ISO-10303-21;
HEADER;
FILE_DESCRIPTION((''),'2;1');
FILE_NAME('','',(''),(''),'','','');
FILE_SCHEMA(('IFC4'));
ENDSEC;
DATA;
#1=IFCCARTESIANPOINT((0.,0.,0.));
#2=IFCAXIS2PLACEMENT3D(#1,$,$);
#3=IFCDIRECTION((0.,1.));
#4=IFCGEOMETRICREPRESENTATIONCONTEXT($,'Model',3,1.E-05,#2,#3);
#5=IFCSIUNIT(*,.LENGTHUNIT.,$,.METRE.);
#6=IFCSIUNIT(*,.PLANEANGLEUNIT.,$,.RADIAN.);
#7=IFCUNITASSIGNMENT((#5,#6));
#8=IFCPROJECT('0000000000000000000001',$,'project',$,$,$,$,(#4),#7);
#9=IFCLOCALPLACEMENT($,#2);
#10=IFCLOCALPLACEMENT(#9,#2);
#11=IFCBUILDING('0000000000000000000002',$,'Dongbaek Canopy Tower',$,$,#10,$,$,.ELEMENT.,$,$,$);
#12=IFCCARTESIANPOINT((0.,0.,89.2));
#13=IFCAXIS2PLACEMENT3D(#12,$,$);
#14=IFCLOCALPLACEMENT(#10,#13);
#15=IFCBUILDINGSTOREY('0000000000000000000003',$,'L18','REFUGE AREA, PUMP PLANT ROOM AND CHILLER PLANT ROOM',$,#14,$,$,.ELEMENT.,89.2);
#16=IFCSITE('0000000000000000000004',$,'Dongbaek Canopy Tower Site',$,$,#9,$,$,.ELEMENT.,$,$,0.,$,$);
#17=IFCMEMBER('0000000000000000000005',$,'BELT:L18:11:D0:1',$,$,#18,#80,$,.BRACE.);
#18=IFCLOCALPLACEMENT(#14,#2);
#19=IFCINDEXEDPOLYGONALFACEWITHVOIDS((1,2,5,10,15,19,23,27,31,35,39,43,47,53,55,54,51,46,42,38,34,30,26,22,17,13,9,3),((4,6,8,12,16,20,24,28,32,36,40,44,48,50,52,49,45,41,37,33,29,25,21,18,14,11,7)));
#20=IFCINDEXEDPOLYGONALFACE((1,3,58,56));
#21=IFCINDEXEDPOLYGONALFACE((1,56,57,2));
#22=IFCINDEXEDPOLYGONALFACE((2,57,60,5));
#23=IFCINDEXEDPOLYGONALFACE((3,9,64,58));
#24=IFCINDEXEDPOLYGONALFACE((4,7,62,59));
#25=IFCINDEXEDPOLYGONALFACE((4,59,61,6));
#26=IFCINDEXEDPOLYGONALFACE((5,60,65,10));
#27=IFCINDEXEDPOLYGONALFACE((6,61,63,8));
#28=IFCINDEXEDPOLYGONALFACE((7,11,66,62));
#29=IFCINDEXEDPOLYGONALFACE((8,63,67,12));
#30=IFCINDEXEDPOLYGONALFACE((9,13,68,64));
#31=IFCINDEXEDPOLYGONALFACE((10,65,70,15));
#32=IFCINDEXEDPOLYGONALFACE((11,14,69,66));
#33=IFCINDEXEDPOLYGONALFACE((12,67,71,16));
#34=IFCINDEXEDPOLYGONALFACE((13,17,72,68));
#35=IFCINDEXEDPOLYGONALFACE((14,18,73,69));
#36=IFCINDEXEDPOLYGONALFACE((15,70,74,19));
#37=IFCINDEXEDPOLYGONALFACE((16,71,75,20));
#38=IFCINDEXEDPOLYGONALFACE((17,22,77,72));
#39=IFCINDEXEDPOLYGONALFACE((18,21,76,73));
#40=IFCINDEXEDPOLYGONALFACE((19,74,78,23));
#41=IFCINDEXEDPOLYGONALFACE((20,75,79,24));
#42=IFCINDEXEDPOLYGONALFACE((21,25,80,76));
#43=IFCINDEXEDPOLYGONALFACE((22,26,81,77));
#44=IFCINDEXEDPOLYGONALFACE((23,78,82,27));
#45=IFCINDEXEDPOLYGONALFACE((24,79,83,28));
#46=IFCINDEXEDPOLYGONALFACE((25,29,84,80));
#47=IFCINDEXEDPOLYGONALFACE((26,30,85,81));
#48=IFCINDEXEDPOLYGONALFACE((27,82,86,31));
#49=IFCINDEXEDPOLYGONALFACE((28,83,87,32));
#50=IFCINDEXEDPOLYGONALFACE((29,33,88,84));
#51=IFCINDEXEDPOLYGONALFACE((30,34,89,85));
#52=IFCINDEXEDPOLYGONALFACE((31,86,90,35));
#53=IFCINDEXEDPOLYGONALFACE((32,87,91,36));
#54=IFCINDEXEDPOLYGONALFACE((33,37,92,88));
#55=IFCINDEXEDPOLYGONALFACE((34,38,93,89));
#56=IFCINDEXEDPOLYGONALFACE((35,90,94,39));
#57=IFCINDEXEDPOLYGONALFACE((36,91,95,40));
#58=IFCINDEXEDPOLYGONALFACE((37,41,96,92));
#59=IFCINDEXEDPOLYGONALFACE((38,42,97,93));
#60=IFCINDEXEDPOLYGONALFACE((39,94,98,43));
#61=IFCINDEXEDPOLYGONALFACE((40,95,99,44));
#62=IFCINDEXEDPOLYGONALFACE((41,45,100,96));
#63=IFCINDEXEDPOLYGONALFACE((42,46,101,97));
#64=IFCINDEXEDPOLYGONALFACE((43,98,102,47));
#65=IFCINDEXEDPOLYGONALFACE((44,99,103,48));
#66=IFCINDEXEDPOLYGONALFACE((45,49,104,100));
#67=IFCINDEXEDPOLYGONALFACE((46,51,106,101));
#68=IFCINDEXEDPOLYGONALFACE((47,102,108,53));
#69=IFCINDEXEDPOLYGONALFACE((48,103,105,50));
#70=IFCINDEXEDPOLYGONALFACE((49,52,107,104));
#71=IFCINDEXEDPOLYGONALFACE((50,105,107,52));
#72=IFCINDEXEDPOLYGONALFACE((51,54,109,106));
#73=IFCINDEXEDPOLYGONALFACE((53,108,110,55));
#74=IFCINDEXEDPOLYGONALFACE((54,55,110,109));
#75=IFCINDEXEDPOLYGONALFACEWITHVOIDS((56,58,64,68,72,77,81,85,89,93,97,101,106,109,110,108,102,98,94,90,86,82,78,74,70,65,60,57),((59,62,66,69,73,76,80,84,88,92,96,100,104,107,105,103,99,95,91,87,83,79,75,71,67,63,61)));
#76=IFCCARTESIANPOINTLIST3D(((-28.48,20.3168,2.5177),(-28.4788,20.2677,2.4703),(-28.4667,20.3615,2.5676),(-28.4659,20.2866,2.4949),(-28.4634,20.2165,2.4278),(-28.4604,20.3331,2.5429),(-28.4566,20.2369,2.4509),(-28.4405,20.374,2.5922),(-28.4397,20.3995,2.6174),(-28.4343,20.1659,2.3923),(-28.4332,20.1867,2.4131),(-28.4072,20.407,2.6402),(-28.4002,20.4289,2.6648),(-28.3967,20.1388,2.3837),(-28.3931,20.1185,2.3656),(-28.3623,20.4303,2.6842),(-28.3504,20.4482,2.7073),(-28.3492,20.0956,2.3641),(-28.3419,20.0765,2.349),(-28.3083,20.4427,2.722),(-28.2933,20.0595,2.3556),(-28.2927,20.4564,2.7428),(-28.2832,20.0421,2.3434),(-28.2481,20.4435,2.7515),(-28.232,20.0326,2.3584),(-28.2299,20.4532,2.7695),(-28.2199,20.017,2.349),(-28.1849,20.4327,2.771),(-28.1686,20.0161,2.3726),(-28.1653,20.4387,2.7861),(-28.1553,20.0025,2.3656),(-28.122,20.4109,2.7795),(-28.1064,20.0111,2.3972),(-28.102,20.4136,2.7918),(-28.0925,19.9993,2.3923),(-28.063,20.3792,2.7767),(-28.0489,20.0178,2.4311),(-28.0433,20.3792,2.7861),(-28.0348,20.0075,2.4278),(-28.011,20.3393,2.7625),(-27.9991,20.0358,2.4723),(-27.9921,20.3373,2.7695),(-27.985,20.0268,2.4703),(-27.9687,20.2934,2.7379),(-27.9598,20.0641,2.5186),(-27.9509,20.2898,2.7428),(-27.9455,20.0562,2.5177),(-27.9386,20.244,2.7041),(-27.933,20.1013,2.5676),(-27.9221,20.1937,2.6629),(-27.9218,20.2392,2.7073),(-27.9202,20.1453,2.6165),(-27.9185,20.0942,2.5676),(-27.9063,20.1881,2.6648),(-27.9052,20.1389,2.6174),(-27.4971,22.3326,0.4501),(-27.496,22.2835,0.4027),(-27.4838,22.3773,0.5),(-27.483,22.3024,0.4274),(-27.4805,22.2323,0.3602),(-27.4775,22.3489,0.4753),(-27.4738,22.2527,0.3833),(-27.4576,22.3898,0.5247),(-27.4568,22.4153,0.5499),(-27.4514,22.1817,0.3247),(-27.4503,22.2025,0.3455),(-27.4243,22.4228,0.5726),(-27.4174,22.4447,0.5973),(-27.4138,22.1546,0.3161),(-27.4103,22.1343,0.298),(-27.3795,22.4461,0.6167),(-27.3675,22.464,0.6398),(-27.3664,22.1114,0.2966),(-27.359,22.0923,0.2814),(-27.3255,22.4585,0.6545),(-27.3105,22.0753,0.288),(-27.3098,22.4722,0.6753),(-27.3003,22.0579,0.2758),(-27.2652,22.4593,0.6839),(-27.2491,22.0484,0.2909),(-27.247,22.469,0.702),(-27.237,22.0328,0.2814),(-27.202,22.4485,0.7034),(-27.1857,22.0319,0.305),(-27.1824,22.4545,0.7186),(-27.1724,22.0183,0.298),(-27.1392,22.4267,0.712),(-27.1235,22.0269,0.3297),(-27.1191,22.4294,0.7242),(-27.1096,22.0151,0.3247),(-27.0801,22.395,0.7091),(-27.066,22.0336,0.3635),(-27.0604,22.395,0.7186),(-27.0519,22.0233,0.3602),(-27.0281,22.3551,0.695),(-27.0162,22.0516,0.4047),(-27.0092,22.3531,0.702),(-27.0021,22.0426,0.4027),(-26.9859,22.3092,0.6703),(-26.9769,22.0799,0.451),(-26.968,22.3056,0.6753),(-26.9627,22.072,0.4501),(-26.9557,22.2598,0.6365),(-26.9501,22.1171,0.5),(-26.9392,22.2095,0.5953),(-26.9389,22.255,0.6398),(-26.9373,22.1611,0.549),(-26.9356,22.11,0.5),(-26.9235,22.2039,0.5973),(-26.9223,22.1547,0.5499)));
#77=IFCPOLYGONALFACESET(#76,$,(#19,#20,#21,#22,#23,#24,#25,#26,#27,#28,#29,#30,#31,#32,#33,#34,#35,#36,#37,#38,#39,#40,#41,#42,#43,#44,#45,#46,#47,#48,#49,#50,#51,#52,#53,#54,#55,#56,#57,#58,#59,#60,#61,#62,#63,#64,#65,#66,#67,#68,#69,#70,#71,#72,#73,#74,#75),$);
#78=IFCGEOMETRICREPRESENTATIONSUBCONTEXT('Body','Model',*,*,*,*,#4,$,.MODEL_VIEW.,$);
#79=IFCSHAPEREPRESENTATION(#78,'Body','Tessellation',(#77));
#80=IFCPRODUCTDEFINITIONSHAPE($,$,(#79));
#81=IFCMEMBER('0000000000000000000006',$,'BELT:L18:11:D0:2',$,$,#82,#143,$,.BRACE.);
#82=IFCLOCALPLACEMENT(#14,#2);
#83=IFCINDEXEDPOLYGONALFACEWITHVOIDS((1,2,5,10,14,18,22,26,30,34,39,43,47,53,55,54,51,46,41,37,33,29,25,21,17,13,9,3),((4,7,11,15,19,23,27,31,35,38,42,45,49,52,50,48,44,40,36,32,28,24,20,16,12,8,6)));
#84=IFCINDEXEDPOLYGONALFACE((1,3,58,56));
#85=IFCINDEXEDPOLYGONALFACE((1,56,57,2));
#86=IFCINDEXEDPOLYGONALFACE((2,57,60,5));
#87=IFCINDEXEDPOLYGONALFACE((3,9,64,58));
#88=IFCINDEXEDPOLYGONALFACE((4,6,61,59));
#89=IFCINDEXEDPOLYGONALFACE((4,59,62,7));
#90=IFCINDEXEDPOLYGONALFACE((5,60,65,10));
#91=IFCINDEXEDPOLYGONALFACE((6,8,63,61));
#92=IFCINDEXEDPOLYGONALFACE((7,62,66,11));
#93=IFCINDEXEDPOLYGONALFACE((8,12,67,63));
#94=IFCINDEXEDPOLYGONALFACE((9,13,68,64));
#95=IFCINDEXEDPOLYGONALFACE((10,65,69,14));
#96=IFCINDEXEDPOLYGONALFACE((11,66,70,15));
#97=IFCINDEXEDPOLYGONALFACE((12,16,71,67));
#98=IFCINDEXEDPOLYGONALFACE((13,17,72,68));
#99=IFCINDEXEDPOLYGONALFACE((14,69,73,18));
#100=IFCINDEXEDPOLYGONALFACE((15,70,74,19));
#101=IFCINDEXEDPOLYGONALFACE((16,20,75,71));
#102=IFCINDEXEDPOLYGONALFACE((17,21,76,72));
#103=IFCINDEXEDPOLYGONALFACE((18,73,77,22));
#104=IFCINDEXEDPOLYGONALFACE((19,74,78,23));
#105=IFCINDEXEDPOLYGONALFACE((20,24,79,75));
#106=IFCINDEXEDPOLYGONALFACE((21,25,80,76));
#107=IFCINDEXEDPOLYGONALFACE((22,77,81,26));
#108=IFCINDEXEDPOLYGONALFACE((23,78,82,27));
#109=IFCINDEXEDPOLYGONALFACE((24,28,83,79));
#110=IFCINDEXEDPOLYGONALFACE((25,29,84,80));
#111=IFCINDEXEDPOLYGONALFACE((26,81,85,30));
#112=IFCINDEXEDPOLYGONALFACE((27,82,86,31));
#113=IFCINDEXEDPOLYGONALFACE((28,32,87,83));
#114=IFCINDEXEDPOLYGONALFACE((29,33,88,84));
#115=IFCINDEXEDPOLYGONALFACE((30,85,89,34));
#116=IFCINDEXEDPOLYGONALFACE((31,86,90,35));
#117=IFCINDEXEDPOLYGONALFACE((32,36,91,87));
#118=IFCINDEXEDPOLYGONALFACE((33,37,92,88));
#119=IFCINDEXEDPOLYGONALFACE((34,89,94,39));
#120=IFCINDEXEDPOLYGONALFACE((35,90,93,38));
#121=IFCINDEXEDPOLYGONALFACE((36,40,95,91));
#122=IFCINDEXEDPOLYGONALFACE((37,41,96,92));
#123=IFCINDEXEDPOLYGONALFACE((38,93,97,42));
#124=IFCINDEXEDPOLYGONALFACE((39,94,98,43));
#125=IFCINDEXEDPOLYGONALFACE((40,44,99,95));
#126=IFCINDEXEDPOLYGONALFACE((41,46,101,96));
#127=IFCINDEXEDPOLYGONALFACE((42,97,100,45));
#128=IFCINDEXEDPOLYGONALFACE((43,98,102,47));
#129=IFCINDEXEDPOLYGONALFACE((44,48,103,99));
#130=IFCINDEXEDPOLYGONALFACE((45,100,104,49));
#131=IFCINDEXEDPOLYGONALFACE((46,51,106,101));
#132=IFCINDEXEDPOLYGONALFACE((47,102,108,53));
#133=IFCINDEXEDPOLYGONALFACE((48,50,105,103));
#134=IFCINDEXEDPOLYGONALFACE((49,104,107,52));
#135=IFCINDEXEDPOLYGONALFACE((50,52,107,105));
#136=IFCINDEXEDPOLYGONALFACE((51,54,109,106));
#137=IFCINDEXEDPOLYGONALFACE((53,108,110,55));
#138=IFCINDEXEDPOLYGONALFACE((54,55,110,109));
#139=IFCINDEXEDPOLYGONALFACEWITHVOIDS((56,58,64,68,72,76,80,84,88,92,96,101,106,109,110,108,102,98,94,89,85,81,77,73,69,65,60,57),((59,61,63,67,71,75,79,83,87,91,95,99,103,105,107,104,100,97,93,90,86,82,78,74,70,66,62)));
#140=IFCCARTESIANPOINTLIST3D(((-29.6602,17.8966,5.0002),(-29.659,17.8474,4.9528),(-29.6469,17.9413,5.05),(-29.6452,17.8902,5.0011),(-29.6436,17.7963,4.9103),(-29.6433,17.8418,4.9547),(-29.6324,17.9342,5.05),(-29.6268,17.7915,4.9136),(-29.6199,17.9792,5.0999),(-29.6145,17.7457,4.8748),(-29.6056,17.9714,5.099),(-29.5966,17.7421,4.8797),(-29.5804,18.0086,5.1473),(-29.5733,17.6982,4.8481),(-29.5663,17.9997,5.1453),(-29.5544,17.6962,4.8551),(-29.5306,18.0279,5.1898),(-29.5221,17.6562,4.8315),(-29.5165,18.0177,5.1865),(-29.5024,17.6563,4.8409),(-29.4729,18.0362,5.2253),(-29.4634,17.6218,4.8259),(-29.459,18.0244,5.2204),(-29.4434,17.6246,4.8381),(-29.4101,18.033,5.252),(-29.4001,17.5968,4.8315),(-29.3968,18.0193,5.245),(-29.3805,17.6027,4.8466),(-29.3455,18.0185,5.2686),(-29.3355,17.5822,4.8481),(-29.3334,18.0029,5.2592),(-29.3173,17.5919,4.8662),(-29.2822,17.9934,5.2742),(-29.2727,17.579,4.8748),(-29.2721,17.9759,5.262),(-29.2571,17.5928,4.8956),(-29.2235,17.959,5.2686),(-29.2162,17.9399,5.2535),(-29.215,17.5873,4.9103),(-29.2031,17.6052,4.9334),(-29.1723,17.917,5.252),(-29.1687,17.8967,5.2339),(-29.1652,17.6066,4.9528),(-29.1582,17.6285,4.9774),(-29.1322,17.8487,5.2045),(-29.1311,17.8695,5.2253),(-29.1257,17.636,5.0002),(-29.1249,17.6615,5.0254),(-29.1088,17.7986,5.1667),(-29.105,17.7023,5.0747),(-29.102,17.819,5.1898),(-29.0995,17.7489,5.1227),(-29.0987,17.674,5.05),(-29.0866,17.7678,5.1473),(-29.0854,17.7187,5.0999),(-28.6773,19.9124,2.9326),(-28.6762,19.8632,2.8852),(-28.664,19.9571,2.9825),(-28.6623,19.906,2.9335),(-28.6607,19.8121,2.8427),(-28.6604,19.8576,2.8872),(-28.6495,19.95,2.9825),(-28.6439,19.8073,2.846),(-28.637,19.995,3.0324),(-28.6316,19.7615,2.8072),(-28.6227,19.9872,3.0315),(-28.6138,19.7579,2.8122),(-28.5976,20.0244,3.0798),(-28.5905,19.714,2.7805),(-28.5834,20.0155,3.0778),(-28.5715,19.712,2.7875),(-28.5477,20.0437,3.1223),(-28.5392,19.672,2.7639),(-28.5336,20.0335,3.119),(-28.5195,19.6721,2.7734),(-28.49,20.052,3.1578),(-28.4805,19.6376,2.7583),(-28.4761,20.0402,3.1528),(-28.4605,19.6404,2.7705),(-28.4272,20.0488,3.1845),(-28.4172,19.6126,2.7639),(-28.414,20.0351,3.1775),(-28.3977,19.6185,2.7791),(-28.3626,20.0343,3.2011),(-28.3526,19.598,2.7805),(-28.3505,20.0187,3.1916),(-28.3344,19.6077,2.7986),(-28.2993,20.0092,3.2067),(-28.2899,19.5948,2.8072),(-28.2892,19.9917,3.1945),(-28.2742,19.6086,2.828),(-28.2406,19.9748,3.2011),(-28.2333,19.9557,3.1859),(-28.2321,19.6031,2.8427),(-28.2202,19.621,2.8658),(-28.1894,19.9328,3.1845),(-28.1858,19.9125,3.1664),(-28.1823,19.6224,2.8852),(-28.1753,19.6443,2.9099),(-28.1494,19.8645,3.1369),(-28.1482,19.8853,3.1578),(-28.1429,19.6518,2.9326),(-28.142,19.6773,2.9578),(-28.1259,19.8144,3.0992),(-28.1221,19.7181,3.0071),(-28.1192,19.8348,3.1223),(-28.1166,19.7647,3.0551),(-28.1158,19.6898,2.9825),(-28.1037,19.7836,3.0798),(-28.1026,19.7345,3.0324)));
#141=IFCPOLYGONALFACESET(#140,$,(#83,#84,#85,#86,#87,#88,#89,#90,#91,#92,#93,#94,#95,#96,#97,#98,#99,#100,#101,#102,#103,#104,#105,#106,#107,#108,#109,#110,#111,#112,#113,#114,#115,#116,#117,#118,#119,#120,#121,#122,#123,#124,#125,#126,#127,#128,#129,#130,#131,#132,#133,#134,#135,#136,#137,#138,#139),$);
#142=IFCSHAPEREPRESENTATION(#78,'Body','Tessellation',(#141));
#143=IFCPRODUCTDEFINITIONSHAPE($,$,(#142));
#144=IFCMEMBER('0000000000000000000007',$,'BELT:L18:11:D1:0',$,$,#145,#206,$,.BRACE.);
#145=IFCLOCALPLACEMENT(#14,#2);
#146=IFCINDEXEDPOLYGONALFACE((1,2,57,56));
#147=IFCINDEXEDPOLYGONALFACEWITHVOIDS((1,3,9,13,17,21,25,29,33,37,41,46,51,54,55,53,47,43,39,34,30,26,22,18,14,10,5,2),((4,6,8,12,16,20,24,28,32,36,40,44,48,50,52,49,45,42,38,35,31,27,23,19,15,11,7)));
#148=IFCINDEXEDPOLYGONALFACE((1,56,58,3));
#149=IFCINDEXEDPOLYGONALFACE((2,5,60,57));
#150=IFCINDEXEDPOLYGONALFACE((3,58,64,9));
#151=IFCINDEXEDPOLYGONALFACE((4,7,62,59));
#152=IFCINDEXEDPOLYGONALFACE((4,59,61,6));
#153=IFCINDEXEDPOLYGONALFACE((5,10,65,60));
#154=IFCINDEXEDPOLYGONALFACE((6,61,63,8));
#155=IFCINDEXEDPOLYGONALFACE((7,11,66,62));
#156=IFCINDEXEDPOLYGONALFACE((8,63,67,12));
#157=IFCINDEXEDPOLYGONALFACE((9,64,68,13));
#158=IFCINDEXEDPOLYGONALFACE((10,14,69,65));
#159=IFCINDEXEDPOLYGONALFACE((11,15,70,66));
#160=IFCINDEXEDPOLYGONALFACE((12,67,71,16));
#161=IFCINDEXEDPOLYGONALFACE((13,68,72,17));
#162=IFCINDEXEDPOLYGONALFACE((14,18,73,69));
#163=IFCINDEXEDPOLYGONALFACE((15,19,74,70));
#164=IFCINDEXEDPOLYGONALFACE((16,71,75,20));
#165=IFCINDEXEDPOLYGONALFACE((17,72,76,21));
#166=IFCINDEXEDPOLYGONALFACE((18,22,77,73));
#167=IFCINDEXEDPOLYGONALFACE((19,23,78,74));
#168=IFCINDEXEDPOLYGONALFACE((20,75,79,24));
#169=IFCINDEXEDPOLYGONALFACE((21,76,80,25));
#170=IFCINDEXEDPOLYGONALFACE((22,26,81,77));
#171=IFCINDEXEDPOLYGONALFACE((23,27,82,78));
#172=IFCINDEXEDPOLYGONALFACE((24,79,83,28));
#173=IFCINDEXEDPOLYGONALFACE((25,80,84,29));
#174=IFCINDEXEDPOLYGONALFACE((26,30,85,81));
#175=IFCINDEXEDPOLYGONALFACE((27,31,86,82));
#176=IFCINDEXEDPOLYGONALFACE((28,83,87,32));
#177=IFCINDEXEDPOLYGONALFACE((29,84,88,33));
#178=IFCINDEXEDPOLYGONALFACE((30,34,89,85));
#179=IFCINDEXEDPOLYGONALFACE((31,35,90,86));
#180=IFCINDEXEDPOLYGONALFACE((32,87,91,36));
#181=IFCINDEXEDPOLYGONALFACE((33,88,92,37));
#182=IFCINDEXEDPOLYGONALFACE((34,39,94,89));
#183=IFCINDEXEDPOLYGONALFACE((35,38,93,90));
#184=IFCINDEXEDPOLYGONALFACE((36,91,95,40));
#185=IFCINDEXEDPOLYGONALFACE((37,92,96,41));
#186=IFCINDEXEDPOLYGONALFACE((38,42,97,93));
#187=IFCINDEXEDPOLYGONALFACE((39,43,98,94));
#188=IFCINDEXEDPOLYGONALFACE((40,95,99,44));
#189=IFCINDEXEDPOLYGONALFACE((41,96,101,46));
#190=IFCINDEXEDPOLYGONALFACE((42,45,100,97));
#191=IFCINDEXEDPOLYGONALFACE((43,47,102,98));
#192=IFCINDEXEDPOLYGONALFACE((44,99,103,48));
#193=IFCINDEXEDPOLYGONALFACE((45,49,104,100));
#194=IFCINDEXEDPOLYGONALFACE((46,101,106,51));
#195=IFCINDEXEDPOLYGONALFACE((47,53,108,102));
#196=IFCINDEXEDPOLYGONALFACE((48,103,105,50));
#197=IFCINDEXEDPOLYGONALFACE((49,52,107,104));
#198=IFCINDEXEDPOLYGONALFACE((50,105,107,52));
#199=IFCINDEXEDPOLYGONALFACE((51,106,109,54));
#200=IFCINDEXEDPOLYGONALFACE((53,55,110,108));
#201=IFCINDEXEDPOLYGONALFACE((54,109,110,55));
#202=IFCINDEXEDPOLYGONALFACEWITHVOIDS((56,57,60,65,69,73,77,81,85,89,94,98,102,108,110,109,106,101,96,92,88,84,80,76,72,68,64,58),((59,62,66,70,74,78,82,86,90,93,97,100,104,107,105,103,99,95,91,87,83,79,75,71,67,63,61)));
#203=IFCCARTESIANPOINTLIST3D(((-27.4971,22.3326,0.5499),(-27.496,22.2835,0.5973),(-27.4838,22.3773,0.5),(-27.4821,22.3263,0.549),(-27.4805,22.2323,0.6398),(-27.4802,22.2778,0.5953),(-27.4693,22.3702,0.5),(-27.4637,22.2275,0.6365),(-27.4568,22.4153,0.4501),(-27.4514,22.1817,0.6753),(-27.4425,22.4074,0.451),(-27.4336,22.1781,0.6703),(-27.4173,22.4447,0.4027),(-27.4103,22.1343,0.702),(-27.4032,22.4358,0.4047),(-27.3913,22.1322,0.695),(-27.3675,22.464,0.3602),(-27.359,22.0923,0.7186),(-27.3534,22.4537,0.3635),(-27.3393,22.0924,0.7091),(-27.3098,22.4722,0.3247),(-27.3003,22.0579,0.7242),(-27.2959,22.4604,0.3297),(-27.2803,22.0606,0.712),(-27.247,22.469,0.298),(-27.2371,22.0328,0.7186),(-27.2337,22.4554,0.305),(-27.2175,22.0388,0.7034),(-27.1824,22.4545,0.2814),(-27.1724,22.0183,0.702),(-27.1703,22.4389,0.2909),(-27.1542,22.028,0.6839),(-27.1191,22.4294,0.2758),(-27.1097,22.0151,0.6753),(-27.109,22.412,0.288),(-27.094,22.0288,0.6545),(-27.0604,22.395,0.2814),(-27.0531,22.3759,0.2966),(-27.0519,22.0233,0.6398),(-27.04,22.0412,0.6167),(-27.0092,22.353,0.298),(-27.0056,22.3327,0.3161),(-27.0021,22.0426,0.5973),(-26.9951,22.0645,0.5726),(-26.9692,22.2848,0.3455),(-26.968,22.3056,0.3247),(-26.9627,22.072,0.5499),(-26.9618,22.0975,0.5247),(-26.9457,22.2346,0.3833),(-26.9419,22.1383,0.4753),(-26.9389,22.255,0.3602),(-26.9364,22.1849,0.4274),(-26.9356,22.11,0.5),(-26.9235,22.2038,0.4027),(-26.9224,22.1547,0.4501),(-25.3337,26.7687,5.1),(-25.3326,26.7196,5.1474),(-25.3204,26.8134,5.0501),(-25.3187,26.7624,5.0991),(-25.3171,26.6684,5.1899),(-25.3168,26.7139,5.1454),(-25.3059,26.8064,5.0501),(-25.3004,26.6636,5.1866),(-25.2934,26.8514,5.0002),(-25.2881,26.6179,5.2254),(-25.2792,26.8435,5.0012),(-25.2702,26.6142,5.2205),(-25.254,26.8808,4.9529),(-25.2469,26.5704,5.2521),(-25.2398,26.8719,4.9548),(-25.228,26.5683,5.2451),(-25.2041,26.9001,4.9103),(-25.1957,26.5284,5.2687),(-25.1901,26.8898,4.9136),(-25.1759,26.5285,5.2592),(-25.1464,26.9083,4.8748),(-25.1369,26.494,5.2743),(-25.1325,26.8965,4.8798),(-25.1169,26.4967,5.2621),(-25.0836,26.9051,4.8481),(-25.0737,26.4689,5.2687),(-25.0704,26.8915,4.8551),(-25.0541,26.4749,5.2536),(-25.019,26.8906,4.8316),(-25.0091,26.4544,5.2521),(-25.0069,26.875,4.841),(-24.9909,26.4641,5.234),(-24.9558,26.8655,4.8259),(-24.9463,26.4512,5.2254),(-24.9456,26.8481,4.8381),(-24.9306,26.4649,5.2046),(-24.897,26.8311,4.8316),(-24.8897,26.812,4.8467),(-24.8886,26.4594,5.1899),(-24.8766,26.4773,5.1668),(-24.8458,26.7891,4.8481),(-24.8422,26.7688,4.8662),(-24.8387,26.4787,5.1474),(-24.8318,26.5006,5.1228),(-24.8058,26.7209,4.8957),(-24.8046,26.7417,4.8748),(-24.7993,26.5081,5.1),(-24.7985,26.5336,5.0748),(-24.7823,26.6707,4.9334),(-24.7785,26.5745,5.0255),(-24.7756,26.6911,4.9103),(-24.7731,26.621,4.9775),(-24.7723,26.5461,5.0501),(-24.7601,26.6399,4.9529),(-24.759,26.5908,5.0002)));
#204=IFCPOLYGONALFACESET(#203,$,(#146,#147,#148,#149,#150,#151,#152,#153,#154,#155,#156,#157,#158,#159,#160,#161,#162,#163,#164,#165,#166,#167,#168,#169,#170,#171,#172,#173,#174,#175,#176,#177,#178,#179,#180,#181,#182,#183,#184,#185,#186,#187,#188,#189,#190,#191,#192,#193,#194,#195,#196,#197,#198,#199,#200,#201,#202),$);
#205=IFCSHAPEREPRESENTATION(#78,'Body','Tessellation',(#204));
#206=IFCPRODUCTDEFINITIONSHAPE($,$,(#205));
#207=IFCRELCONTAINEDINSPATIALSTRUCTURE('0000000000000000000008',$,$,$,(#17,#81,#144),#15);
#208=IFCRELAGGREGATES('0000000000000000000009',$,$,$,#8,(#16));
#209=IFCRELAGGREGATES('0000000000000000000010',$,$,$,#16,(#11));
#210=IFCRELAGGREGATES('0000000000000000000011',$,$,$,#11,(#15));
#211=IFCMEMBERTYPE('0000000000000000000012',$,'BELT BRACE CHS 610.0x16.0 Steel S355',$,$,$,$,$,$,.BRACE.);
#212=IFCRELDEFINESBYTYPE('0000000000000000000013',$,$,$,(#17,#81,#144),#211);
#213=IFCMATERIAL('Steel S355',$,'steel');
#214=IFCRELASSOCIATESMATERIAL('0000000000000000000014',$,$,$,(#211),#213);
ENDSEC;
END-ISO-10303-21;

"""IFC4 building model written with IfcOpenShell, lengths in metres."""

from ifc_helpers import new_model, si_unit, direction, frame, origin, origin_2d, place, context, subcontext, project, spatial, hollow_circle, extrude, material, material_profile, profile_set, type_object, element, save


model = new_model("IFC4")

# Units and contexts
model_context = context("Model", 3, precision=1e-05, world=origin(), true_north=direction((0.0, 1.0)))
body_context = subcontext(model_context, "Body", "Model", "MODEL_VIEW")
ifc_project = project(units=[si_unit("LENGTHUNIT", "METRE"), si_unit("PLANEANGLEUNIT", "RADIAN")], contexts=[model_context])

# Site, building, storey
site_placement = place(None, origin())
site = spatial("IfcSite", under=ifc_project, at=site_placement, Name="Dongbaek Canopy Tower Site", CompositionType="ELEMENT", RefElevation=0.0)
building_placement = place(site_placement, origin())
building = spatial("IfcBuilding", under=site, at=building_placement, Name="Dongbaek Canopy Tower", CompositionType="ELEMENT")
storey_placement = place(building_placement, frame((0.0, 0.0, 89.2)))
storey = spatial("IfcBuildingStorey", under=building, at=storey_placement, Name="L18", Description="REFUGE AREA, PUMP PLANT ROOM AND CHILLER PLANT ROOM", CompositionType="ELEMENT", Elevation=89.2)

# Members
ifc_material_1 = material(Name="Steel S355", Category="steel")
ifc_material_profile_1 = material_profile(ifc_material_1, hollow_circle(Radius=0.3049, WallThickness=0.0161, at=origin_2d()), Name="BELT BRACE CHS 610.0x16.0 Steel S355")
ifc_profile_set_1 = profile_set([ifc_material_profile_1], Name="Steel S355")
member_type_1 = type_object("IfcMemberType", Name="BELT BRACE CHS 610.0x16.0 Steel S355", PredefinedType="BRACE", material=ifc_profile_set_1)
for number, where, z_axis, x_axis, name in (
    (1, (-27.2097, 22.2437, 0.5), (-0.322224, -0.660855, 0.677822), (0.898846, -0.438265, 0.0), "BELT:L18:11:D0:1"),
    (2, (-29.3728, 17.8076, 5.05), (0.322224, 0.660855, -0.677822), (-0.898846, 0.438265, 0.0), "BELT:L18:11:D0:2"),
):
    element("IfcMember", number, at=place(storey_placement, frame(where, z_axis=z_axis, x_axis=x_axis)), inside=storey, type_object=member_type_1, Name=name, PredefinedType="BRACE", context=body_context, shape_type="SweptSolid", body=[
        extrude(hollow_circle(Radius=0.3049, WallThickness=0.0161, at=origin_2d()), origin(), (0.0, 0.0, 1.0), 3.0503),
    ])
member_1_placement = place(storey_placement, frame((-27.2097, 22.2437, 0.5), z_axis=(0.322271, 0.660835, 0.677819), x_axis=(-0.898816, 0.438327, 0.0)))
element("IfcMember", 3, at=member_1_placement, inside=storey, type_object=member_type_1, Name="BELT:L18:11:D1:0", PredefinedType="BRACE", context=body_context, shape_type="SweptSolid", body=[
    extrude(hollow_circle(Radius=0.3049, WallThickness=0.0161, at=origin_2d()), origin(), (0.0, 0.0, 1.0), 6.7129),
])

save(model, "model.ifc")
